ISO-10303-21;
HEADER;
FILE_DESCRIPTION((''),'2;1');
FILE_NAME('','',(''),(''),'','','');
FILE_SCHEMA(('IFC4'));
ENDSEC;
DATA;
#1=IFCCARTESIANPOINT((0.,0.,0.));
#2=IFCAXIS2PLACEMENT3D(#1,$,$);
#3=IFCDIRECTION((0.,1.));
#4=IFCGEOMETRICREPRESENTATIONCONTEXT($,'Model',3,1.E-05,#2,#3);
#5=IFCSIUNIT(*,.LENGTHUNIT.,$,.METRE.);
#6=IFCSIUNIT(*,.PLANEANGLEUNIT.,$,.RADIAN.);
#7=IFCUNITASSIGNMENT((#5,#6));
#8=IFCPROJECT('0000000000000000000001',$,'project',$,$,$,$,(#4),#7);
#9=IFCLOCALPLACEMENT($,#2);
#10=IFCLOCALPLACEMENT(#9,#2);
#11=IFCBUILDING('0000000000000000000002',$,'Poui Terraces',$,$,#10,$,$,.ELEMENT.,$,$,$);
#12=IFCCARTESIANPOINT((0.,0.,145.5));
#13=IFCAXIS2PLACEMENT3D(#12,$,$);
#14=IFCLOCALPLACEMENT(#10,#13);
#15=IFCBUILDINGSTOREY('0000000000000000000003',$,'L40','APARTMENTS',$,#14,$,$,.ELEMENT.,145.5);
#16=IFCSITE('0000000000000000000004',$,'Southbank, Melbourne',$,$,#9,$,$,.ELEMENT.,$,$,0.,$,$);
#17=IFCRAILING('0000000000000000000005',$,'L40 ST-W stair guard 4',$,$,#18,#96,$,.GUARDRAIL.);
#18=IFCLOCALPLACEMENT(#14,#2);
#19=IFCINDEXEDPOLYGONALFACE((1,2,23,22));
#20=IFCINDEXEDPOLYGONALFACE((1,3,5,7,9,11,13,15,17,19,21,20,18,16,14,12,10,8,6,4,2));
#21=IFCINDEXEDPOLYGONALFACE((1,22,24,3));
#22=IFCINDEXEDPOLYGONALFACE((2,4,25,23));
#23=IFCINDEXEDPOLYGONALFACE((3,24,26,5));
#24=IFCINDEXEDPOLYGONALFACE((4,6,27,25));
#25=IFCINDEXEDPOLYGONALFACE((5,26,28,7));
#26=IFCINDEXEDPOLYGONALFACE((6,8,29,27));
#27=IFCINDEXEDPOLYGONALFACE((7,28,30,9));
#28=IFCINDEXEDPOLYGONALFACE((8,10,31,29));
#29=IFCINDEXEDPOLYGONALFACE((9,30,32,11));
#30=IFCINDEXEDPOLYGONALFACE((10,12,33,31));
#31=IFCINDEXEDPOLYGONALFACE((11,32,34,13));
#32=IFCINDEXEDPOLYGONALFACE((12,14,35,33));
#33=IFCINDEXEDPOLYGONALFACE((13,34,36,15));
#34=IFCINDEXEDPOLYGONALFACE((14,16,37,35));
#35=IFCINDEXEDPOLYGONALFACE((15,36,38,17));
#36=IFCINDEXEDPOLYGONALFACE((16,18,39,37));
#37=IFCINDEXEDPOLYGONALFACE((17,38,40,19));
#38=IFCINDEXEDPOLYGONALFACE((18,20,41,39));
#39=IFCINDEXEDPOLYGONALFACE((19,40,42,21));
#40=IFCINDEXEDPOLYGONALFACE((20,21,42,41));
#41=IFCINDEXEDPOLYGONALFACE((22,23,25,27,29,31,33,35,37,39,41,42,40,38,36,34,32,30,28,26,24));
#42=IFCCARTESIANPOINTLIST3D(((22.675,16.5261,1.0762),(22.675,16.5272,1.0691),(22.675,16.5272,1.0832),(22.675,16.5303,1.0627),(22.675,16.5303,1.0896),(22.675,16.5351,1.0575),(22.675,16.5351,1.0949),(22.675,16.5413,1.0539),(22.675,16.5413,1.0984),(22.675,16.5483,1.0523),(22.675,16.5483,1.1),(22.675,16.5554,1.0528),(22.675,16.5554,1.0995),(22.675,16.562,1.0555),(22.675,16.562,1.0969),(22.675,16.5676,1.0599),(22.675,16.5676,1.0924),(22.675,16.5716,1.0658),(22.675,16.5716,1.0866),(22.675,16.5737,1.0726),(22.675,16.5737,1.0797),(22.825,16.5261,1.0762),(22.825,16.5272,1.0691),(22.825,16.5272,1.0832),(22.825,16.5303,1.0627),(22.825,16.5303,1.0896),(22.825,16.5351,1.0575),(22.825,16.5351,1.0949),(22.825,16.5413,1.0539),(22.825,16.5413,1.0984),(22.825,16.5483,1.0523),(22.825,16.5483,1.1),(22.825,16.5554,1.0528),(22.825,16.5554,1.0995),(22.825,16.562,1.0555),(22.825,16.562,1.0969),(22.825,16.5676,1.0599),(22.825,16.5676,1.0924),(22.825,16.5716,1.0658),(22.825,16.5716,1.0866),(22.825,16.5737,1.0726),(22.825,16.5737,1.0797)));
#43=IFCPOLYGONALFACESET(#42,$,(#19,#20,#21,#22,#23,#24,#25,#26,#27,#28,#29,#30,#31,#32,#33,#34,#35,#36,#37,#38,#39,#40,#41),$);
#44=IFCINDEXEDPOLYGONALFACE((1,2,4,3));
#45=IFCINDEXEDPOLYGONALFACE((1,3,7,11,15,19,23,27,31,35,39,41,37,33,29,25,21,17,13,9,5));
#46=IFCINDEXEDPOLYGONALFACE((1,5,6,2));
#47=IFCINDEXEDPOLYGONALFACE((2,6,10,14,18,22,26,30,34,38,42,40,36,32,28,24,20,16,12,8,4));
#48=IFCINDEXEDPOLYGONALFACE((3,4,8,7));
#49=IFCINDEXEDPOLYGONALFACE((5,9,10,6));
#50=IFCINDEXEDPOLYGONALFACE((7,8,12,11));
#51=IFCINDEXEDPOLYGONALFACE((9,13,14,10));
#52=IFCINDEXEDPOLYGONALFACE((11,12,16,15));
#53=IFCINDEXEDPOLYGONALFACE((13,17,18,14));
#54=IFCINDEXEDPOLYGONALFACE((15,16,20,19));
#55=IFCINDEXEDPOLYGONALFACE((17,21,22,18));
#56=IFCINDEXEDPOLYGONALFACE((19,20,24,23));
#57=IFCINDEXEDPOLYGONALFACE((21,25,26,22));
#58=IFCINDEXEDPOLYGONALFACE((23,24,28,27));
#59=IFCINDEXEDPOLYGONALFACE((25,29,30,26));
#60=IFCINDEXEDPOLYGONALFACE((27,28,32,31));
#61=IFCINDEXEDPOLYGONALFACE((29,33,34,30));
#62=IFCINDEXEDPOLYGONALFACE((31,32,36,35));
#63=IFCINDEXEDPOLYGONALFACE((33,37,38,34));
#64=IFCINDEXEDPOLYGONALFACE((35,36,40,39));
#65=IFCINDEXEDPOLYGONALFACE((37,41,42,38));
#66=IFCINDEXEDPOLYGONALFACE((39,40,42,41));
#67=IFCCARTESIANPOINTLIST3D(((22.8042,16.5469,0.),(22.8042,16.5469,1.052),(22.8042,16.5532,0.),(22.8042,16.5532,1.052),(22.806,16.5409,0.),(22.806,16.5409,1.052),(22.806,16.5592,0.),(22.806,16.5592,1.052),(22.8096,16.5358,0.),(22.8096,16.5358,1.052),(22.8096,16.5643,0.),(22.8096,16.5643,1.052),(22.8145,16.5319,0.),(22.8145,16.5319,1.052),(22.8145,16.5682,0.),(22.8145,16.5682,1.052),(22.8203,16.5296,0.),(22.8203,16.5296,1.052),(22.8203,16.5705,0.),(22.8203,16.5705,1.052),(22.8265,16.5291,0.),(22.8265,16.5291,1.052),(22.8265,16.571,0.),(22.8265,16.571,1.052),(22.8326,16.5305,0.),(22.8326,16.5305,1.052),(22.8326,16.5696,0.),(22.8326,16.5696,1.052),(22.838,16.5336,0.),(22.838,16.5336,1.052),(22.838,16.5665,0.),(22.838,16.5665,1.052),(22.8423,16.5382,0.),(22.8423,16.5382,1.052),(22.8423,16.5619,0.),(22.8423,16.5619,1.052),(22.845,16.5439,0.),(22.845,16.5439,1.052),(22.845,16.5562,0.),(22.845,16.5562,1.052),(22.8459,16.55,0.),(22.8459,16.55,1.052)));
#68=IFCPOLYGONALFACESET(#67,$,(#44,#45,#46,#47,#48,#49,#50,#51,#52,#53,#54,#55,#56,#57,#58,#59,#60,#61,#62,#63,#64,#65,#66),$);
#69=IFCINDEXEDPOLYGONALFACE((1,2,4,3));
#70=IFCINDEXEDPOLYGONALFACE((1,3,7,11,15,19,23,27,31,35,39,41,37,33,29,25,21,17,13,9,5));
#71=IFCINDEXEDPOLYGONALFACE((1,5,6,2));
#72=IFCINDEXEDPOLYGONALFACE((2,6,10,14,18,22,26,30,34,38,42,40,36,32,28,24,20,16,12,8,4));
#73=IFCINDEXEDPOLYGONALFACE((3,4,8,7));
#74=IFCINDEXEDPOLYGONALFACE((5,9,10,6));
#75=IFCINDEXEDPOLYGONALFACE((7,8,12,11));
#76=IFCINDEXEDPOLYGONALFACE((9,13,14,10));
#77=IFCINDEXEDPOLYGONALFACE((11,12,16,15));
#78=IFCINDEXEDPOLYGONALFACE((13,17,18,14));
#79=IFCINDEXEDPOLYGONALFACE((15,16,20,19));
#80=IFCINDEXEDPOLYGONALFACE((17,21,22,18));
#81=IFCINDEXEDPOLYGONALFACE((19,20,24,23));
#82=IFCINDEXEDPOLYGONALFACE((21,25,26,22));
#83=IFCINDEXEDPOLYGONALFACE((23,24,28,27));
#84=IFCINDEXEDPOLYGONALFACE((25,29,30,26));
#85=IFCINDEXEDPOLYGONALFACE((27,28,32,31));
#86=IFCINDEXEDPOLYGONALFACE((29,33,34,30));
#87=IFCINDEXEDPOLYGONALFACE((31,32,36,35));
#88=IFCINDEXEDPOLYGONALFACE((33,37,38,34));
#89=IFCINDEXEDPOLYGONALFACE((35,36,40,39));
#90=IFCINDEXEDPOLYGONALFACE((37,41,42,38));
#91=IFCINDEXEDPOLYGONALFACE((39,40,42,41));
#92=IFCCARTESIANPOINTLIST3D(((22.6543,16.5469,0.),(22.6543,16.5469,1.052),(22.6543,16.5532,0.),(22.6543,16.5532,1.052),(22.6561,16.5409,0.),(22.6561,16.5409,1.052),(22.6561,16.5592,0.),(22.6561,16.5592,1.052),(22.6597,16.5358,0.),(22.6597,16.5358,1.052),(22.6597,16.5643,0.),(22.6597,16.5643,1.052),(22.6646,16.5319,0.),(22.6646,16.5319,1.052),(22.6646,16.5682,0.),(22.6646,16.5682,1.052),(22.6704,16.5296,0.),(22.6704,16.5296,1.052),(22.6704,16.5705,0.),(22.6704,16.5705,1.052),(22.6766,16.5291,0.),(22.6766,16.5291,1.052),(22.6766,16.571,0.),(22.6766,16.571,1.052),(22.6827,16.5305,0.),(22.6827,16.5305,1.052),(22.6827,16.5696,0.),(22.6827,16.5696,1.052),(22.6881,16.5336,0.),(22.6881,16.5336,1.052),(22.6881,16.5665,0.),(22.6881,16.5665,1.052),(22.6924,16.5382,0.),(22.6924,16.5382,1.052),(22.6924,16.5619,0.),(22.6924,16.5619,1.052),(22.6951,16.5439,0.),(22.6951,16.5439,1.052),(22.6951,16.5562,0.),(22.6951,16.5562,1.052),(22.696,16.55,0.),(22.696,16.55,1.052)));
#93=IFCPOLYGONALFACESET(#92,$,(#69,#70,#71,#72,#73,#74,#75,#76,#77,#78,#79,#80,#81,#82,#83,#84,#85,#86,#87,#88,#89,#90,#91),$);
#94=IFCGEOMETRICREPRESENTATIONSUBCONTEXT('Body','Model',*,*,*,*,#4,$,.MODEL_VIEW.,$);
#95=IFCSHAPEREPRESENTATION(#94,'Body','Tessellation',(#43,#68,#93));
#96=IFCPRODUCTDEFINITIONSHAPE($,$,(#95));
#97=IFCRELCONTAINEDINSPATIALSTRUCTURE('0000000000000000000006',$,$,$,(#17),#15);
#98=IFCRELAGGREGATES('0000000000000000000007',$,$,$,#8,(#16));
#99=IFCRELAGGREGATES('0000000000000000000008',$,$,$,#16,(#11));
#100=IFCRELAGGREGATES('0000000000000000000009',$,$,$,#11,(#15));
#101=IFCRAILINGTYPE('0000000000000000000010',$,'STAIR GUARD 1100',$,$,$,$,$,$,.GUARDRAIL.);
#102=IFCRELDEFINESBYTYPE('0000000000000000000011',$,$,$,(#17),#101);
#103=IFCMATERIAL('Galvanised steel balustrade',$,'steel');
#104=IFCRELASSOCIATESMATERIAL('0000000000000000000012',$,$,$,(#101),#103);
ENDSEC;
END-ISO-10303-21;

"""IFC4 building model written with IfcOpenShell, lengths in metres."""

from ifc_helpers import new_model, si_unit, direction, frame, origin, origin_2d, place, context, subcontext, project, spatial, circle, extrude, material, type_object, element, save


model = new_model("IFC4")

# Units and contexts
model_context = context("Model", 3, precision=1e-05, world=origin(), true_north=direction((0.0, 1.0)))
body_context = subcontext(model_context, "Body", "Model", "MODEL_VIEW")
ifc_project = project(units=[si_unit("LENGTHUNIT", "METRE"), si_unit("PLANEANGLEUNIT", "RADIAN")], contexts=[model_context])

# Site, building, storey
site_placement = place(None, origin())
site = spatial("IfcSite", under=ifc_project, at=site_placement, Name="Southbank, Melbourne", CompositionType="ELEMENT", RefElevation=0.0)
building_placement = place(site_placement, origin())
building = spatial("IfcBuilding", under=site, at=building_placement, Name="Poui Terraces", CompositionType="ELEMENT")
storey_placement = place(building_placement, frame((0.0, 0.0, 145.5)))
storey = spatial("IfcBuildingStorey", under=building, at=storey_placement, Name="L40", Description="APARTMENTS", CompositionType="ELEMENT", Elevation=145.5)

# Railing
ifc_material_1 = material(Name="Galvanised steel balustrade", Category="steel")
railing_type = type_object("IfcRailingType", Name="STAIR GUARD 1100", PredefinedType="GUARDRAIL", material=ifc_material_1)
railing_1_placement = place(storey_placement, frame((22.825, 16.55, 0.0)))
element("IfcRailing", 1, at=railing_1_placement, inside=storey, type_object=railing_type, Name="L40 ST-W stair guard 4", PredefinedType="GUARDRAIL", context=body_context, shape_type="SweptSolid", body=[
    extrude(circle(Radius=0.0239, at=origin_2d()), frame((0.0, 0.0, 1.0762), z_axis=(-1.0, 0.0, 0.0), x_axis=(0.0, -1.0, 0.0)), (0.0, 0.0, 1.0), 0.1499),
    extrude(circle(Radius=0.021, at=origin_2d()), origin(), (0.0, 0.0, 1.0), 1.052),
    extrude(circle(Radius=0.021, at=origin_2d()), frame((-0.1499, 0.0, 0.0)), (0.0, 0.0, 1.0), 1.052),
])

save(model, "model.ifc")
